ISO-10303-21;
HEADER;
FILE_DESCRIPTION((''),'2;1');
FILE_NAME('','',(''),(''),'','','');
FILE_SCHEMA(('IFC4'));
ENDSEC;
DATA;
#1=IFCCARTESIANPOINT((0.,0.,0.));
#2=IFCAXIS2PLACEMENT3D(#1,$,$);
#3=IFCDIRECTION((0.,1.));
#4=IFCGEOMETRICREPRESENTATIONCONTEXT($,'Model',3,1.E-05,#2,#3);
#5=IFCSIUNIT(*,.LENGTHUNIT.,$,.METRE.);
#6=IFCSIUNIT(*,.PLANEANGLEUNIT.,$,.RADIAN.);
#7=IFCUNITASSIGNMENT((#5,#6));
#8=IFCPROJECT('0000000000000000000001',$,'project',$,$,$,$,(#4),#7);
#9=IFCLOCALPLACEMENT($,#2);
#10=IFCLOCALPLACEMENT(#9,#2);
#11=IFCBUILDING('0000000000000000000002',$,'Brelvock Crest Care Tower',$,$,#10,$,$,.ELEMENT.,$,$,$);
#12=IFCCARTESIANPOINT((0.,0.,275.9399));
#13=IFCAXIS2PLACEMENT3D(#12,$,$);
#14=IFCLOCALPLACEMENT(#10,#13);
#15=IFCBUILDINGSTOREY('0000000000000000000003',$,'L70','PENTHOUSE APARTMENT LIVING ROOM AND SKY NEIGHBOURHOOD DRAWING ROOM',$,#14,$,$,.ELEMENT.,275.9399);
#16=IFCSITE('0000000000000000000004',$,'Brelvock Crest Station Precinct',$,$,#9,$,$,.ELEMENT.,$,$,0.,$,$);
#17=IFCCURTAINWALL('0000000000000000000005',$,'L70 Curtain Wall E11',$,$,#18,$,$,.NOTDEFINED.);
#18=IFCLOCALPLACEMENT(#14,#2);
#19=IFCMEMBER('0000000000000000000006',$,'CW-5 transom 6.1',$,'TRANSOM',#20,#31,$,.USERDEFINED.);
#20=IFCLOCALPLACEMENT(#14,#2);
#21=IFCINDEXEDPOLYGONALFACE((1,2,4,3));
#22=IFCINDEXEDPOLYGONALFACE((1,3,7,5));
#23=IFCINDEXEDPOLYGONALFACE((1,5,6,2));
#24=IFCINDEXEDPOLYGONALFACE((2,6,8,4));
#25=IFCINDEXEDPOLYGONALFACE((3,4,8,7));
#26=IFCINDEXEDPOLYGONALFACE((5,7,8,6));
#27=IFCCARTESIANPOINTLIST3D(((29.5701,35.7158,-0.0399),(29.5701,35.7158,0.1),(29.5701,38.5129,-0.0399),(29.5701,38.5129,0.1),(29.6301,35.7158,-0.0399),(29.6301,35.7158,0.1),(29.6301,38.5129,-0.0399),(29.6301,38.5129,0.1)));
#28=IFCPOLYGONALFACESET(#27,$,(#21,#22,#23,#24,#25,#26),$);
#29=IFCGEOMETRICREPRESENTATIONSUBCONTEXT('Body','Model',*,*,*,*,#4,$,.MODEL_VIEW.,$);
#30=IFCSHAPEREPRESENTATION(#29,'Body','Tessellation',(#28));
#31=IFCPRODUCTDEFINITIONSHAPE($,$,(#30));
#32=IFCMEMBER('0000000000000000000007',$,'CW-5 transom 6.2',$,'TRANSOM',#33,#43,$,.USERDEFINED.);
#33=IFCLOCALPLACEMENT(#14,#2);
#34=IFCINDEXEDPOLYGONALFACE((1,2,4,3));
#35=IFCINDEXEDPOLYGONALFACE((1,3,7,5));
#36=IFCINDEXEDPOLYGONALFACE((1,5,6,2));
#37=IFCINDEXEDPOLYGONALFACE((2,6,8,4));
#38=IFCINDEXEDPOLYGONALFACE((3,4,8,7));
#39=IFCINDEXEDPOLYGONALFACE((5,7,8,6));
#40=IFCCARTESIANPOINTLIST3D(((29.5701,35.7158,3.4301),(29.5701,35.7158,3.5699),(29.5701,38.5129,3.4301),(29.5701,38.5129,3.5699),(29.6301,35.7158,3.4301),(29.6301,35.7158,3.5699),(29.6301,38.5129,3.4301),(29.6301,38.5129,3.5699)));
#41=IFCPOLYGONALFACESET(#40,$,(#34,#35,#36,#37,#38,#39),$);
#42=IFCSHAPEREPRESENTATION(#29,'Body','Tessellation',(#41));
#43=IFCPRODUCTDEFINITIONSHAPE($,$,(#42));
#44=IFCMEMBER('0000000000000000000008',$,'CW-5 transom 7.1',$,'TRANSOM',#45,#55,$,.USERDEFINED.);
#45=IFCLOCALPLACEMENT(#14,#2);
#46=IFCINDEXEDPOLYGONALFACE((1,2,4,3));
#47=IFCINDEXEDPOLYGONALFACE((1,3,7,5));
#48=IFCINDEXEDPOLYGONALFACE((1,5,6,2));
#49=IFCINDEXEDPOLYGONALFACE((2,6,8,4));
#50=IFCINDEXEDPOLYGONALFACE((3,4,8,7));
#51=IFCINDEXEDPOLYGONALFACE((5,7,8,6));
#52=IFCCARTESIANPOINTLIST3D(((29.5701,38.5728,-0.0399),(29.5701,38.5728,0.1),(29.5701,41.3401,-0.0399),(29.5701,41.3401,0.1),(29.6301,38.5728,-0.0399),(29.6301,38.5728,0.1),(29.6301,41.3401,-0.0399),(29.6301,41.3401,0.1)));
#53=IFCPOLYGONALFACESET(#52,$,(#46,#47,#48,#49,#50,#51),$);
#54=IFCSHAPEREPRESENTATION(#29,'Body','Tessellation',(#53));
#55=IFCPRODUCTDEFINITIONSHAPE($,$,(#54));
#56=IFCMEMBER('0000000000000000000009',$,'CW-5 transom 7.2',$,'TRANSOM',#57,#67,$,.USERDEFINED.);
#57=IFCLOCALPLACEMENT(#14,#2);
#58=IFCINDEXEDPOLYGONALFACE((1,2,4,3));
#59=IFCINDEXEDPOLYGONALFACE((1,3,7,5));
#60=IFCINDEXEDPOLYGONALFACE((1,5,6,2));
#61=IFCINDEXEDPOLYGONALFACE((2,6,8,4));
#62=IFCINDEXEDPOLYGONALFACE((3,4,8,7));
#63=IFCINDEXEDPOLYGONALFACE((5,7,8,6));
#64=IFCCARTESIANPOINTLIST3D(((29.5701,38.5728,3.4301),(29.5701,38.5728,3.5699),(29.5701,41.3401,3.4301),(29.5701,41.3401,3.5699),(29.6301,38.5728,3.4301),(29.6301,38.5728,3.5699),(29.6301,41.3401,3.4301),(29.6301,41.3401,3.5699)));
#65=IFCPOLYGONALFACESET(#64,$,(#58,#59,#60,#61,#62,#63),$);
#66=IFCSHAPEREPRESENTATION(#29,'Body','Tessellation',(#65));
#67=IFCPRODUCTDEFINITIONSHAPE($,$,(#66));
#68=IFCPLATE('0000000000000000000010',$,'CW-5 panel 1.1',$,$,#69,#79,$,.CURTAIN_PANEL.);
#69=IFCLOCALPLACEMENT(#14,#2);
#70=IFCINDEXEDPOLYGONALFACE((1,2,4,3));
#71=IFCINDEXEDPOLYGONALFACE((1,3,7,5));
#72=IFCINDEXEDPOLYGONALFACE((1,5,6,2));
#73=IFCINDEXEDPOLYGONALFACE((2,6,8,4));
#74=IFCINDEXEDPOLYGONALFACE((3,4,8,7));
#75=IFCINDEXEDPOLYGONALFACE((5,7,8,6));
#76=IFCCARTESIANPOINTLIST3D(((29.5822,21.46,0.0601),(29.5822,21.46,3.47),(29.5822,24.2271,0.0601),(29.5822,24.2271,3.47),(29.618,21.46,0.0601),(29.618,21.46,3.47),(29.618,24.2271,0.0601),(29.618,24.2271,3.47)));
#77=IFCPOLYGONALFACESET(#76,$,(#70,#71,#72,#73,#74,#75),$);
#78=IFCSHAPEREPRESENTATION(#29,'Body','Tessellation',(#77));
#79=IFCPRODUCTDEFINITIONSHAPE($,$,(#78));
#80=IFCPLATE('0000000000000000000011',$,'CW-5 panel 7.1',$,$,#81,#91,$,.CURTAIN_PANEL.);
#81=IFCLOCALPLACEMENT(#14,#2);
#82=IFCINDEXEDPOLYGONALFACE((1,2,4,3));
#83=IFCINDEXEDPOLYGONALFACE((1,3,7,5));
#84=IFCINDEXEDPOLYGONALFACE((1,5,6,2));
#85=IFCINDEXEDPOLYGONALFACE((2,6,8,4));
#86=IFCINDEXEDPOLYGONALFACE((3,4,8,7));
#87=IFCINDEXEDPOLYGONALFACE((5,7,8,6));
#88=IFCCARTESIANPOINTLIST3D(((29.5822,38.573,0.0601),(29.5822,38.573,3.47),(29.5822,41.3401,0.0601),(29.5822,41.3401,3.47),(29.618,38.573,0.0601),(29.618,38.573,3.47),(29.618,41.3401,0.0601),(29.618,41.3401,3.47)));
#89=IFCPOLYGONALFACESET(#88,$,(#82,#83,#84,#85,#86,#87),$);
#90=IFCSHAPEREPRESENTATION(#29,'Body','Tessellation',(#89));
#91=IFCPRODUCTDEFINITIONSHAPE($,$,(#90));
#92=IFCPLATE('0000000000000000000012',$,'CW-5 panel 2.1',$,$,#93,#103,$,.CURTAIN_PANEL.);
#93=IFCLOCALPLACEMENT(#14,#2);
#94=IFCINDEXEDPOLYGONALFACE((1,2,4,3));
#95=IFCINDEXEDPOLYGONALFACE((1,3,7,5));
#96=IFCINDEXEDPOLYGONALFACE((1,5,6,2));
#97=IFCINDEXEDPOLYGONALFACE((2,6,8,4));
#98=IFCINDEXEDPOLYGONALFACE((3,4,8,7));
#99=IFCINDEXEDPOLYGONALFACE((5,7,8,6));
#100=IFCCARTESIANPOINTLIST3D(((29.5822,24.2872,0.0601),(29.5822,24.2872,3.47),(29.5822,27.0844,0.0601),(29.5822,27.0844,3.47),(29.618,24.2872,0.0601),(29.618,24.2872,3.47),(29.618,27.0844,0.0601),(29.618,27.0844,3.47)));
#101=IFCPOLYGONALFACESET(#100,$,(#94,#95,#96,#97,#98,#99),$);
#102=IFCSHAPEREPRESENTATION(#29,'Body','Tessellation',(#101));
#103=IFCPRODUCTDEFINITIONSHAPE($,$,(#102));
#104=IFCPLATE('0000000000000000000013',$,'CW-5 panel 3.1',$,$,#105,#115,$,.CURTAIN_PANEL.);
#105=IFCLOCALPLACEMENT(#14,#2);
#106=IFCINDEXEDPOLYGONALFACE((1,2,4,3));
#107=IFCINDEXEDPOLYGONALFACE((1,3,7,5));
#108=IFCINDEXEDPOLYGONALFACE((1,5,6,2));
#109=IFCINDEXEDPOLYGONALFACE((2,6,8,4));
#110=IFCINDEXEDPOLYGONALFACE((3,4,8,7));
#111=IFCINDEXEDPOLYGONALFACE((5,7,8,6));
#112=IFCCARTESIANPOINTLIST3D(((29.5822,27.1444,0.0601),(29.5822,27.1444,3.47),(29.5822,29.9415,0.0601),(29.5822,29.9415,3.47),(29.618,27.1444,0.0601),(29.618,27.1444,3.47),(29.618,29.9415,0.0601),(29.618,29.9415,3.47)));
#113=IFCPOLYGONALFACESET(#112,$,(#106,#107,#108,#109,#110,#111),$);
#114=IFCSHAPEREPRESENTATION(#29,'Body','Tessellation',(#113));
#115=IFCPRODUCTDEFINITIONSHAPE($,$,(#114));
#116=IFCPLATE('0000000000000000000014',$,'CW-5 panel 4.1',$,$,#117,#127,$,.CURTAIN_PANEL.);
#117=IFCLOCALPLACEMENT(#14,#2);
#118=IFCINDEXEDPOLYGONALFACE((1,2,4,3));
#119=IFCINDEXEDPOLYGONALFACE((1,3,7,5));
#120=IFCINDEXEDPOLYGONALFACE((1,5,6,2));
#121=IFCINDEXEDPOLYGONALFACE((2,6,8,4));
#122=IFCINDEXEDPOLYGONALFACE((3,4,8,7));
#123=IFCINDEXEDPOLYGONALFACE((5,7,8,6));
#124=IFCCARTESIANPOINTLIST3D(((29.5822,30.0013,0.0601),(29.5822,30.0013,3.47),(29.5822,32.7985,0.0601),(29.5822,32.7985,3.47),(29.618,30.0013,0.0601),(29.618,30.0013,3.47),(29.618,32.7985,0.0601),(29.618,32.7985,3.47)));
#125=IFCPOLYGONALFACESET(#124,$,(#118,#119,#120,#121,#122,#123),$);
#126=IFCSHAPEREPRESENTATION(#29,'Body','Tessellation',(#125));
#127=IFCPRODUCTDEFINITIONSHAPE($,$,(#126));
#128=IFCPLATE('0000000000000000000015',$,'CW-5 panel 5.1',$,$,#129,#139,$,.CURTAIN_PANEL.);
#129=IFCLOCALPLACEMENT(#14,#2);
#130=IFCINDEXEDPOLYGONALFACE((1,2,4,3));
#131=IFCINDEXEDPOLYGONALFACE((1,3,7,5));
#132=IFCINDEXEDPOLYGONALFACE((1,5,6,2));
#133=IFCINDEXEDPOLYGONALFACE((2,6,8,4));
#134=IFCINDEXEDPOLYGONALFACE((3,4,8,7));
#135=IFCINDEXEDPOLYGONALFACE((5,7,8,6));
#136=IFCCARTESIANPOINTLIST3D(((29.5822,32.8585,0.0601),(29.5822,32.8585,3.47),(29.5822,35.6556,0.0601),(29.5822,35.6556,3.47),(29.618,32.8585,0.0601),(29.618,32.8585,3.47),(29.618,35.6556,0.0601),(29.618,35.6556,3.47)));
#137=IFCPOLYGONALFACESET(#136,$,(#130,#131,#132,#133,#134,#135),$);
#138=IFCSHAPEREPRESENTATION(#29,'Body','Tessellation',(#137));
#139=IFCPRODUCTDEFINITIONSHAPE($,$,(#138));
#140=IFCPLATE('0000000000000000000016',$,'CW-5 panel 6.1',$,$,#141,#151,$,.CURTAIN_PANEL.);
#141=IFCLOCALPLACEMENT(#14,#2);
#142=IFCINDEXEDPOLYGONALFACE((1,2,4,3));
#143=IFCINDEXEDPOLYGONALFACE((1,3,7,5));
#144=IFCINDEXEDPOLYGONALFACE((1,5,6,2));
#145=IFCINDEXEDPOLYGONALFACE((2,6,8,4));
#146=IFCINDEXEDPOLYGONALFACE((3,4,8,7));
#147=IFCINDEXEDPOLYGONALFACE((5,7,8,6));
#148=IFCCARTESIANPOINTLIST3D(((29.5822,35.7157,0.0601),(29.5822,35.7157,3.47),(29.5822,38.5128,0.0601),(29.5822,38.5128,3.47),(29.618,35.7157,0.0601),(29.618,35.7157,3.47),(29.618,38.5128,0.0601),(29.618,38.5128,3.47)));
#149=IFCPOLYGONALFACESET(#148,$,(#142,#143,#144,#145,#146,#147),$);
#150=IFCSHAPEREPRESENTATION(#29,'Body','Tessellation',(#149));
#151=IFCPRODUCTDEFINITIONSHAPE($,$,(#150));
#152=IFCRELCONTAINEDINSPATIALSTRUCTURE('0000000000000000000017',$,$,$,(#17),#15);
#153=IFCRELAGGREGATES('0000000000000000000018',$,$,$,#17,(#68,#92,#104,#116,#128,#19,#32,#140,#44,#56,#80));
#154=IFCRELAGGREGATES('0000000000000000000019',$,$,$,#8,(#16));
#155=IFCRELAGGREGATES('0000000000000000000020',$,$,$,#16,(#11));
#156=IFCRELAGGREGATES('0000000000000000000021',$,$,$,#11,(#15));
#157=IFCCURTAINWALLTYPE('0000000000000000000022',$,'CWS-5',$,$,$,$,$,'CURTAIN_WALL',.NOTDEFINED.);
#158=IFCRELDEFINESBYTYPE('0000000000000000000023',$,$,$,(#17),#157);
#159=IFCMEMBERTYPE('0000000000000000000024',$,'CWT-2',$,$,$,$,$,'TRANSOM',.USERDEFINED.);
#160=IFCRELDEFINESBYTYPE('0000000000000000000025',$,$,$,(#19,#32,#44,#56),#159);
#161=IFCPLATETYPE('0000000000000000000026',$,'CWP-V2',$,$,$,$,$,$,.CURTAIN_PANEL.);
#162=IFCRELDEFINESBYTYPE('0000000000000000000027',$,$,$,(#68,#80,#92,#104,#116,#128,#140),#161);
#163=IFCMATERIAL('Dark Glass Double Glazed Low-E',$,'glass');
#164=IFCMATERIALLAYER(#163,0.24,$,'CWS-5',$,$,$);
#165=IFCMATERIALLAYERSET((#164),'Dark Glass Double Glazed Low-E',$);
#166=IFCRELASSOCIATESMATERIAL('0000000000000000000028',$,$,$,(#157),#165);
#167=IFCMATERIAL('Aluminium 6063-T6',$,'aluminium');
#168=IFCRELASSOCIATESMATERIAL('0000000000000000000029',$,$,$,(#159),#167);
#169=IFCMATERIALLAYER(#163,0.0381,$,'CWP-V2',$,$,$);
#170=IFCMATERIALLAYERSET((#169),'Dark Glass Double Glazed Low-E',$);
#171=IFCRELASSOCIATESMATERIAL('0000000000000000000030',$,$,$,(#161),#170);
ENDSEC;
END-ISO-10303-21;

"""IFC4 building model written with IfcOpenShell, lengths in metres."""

from ifc_helpers import new_model, si_unit, direction, frame, origin, origin_2d, place, context, subcontext, project, spatial, rectangle, extrude, source, transform, mapped, material, layer, layer_set, material_profile, profile_set, type_object, element, aggregate, save


model = new_model("IFC4")

# Units and contexts
model_context = context("Model", 3, precision=1e-05, world=origin(), true_north=direction((0.0, 1.0)))
body_context = subcontext(model_context, "Body", "Model", "MODEL_VIEW")
ifc_project = project(units=[si_unit("LENGTHUNIT", "METRE"), si_unit("PLANEANGLEUNIT", "RADIAN")], contexts=[model_context])

# Site, building, storey
site_placement = place(None, origin())
site = spatial("IfcSite", under=ifc_project, at=site_placement, Name="Brelvock Crest Station Precinct", CompositionType="ELEMENT", RefElevation=0.0)
building_placement = place(site_placement, origin())
building = spatial("IfcBuilding", under=site, at=building_placement, Name="Brelvock Crest Care Tower", CompositionType="ELEMENT")
storey_placement = place(building_placement, frame((0.0, 0.0, 275.9399)))
storey = spatial("IfcBuildingStorey", under=building, at=storey_placement, Name="L70", Description="PENTHOUSE APARTMENT LIVING ROOM AND SKY NEIGHBOURHOOD DRAWING ROOM", CompositionType="ELEMENT", Elevation=275.9399)

# Curtain wall, members, plates
ifc_material_1 = material(Name="Dark Glass Double Glazed Low-E", Category="glass")
ifc_layer_1 = layer(ifc_material_1, 0.24, Name="CWS-5")
ifc_layer_set_1 = layer_set([ifc_layer_1], Name="Dark Glass Double Glazed Low-E")
curtain_wall_type = type_object("IfcCurtainWallType", Name="CWS-5", ElementType="CURTAIN_WALL", PredefinedType="NOTDEFINED", material=ifc_layer_set_1)
curtain_wall_placement = place(storey_placement, origin())
curtain_wall = element("IfcCurtainWall", 1, at=curtain_wall_placement, inside=storey, type_object=curtain_wall_type, Name="L70 Curtain Wall E11", PredefinedType="NOTDEFINED")
ifc_material_2 = material(Name="Aluminium 6063-T6", Category="aluminium")
ifc_material_profile_1 = material_profile(ifc_material_2, rectangle(XDim=0.0601, YDim=0.1399, at=origin_2d()), Name="ALU60x140")
ifc_profile_set_1 = profile_set([ifc_material_profile_1], Name="Aluminium 6063-T6")
member_type_1 = type_object("IfcMemberType", Name="CWT-2", ElementType="TRANSOM", PredefinedType="USERDEFINED", material=ifc_profile_set_1)
shared_shape_1 = source(origin(), body_context, "Body", "SweptSolid", [
    extrude(rectangle(XDim=0.0601, YDim=0.1399, at=origin_2d()), origin(), (0.0, 0.0, 1.0), 2.7971),
])
member_1_placement = place(storey_placement, frame((29.6001, 35.7158, 0.03), z_axis=(0.0, 1.0, 0.0), x_axis=(-1.0, 0.0, 0.0)))
member_1 = element("IfcMember", 2, at=member_1_placement, type_object=member_type_1, Name="CW-5 transom 6.1", ObjectType="TRANSOM", PredefinedType="USERDEFINED", context=body_context, shape_type="MappedRepresentation", body=[
    mapped(shared_shape_1, transform((0.0, 0.0, 0.0), x_axis=(1.0, 0.0, 0.0), y_axis=(0.0, 1.0, 0.0), z_axis=(0.0, 0.0, 1.0), scale=1.0)),
])
member_2_placement = place(storey_placement, frame((29.6001, 35.7158, 3.5), z_axis=(0.0, 1.0, 0.0), x_axis=(-1.0, 0.0, 0.0)))
member_2 = element("IfcMember", 3, at=member_2_placement, type_object=member_type_1, Name="CW-5 transom 6.2", ObjectType="TRANSOM", PredefinedType="USERDEFINED", context=body_context, shape_type="MappedRepresentation", body=[
    mapped(shared_shape_1, transform((0.0, 0.0, 0.0), x_axis=(1.0, 0.0, 0.0), y_axis=(0.0, 1.0, 0.0), z_axis=(0.0, 0.0, 1.0), scale=1.0)),
])
shared_shape_2 = source(origin(), body_context, "Body", "SweptSolid", [
    extrude(rectangle(XDim=0.0601, YDim=0.1399, at=origin_2d()), origin(), (0.0, 0.0, 1.0), 2.7673),
])
member_3_placement = place(storey_placement, frame((29.6001, 38.5728, 0.03), z_axis=(0.0, 1.0, 0.0), x_axis=(-1.0, 0.0, 0.0)))
member_3 = element("IfcMember", 4, at=member_3_placement, type_object=member_type_1, Name="CW-5 transom 7.1", ObjectType="TRANSOM", PredefinedType="USERDEFINED", context=body_context, shape_type="MappedRepresentation", body=[
    mapped(shared_shape_2, transform((0.0, 0.0, 0.0), x_axis=(1.0, 0.0, 0.0), y_axis=(0.0, 1.0, 0.0), z_axis=(0.0, 0.0, 1.0), scale=1.0)),
])
member_4_placement = place(storey_placement, frame((29.6001, 38.5728, 3.5), z_axis=(0.0, 1.0, 0.0), x_axis=(-1.0, 0.0, 0.0)))
member_4 = element("IfcMember", 5, at=member_4_placement, type_object=member_type_1, Name="CW-5 transom 7.2", ObjectType="TRANSOM", PredefinedType="USERDEFINED", context=body_context, shape_type="MappedRepresentation", body=[
    mapped(shared_shape_2, transform((0.0, 0.0, 0.0), x_axis=(1.0, 0.0, 0.0), y_axis=(0.0, 1.0, 0.0), z_axis=(0.0, 0.0, 1.0), scale=1.0)),
])
ifc_layer_2 = layer(ifc_material_1, 0.0381, Name="CWP-V2")
ifc_layer_set_2 = layer_set([ifc_layer_2], Name="Dark Glass Double Glazed Low-E")
plate_type = type_object("IfcPlateType", Name="CWP-V2", PredefinedType="CURTAIN_PANEL", material=ifc_layer_set_2)
shared_shape_3 = source(origin(), body_context, "Body", "SweptSolid", [
    extrude(rectangle(XDim=2.7671, YDim=0.0359, at=origin_2d()), origin(), (0.0, 0.0, 1.0), 3.4099),
])
plate_1_placement = place(storey_placement, frame((29.6001, 22.8435, 0.0601), z_axis=(0.0, 0.0, 1.0), x_axis=(0.0, 1.0, 0.0)))
plate_1 = element("IfcPlate", 6, at=plate_1_placement, type_object=plate_type, Name="CW-5 panel 1.1", PredefinedType="CURTAIN_PANEL", context=body_context, shape_type="MappedRepresentation", body=[
    mapped(shared_shape_3, transform((0.0, 0.0, 0.0), x_axis=(1.0, 0.0, 0.0), y_axis=(0.0, 1.0, 0.0), z_axis=(0.0, 0.0, 1.0), scale=1.0)),
])
plate_2_placement = place(storey_placement, frame((29.6001, 39.9565, 0.0601), z_axis=(0.0, 0.0, 1.0), x_axis=(0.0, 1.0, 0.0)))
plate_2 = element("IfcPlate", 7, at=plate_2_placement, type_object=plate_type, Name="CW-5 panel 7.1", PredefinedType="CURTAIN_PANEL", context=body_context, shape_type="MappedRepresentation", body=[
    mapped(shared_shape_3, transform((0.0, 0.0, 0.0), x_axis=(1.0, 0.0, 0.0), y_axis=(0.0, 1.0, 0.0), z_axis=(0.0, 0.0, 1.0), scale=1.0)),
])
shared_shape_4 = source(origin(), body_context, "Body", "SweptSolid", [
    extrude(rectangle(XDim=2.7971, YDim=0.0359, at=origin_2d()), origin(), (0.0, 0.0, 1.0), 3.4099),
])
plate_3_placement = place(storey_placement, frame((29.6001, 25.6858, 0.0601), z_axis=(0.0, 0.0, 1.0), x_axis=(0.0, 1.0, 0.0)))
plate_3 = element("IfcPlate", 8, at=plate_3_placement, type_object=plate_type, Name="CW-5 panel 2.1", PredefinedType="CURTAIN_PANEL", context=body_context, shape_type="MappedRepresentation", body=[
    mapped(shared_shape_4, transform((0.0, 0.0, 0.0), x_axis=(1.0, 0.0, 0.0), y_axis=(0.0, 1.0, 0.0), z_axis=(0.0, 0.0, 1.0), scale=1.0)),
])
plate_4_placement = place(storey_placement, frame((29.6001, 28.543, 0.0601), z_axis=(0.0, 0.0, 1.0), x_axis=(0.0, 1.0, 0.0)))
plate_4 = element("IfcPlate", 9, at=plate_4_placement, type_object=plate_type, Name="CW-5 panel 3.1", PredefinedType="CURTAIN_PANEL", context=body_context, shape_type="MappedRepresentation", body=[
    mapped(shared_shape_4, transform((0.0, 0.0, 0.0), x_axis=(1.0, 0.0, 0.0), y_axis=(0.0, 1.0, 0.0), z_axis=(0.0, 0.0, 1.0), scale=1.0)),
])
plate_5_placement = place(storey_placement, frame((29.6001, 31.3999, 0.0601), z_axis=(0.0, 0.0, 1.0), x_axis=(0.0, 1.0, 0.0)))
plate_5 = element("IfcPlate", 10, at=plate_5_placement, type_object=plate_type, Name="CW-5 panel 4.1", PredefinedType="CURTAIN_PANEL", context=body_context, shape_type="MappedRepresentation", body=[
    mapped(shared_shape_4, transform((0.0, 0.0, 0.0), x_axis=(1.0, 0.0, 0.0), y_axis=(0.0, 1.0, 0.0), z_axis=(0.0, 0.0, 1.0), scale=1.0)),
])
plate_6_placement = place(storey_placement, frame((29.6001, 34.2571, 0.0601), z_axis=(0.0, 0.0, 1.0), x_axis=(0.0, 1.0, 0.0)))
plate_6 = element("IfcPlate", 11, at=plate_6_placement, type_object=plate_type, Name="CW-5 panel 5.1", PredefinedType="CURTAIN_PANEL", context=body_context, shape_type="MappedRepresentation", body=[
    mapped(shared_shape_4, transform((0.0, 0.0, 0.0), x_axis=(1.0, 0.0, 0.0), y_axis=(0.0, 1.0, 0.0), z_axis=(0.0, 0.0, 1.0), scale=1.0)),
])
plate_7_placement = place(storey_placement, frame((29.6001, 37.1143, 0.0601), z_axis=(0.0, 0.0, 1.0), x_axis=(0.0, 1.0, 0.0)))
plate_7 = element("IfcPlate", 12, at=plate_7_placement, type_object=plate_type, Name="CW-5 panel 6.1", PredefinedType="CURTAIN_PANEL", context=body_context, shape_type="MappedRepresentation", body=[
    mapped(shared_shape_4, transform((0.0, 0.0, 0.0), x_axis=(1.0, 0.0, 0.0), y_axis=(0.0, 1.0, 0.0), z_axis=(0.0, 0.0, 1.0), scale=1.0)),
])
aggregate(curtain_wall, [plate_1, plate_3, plate_4, plate_5, plate_6, member_1, member_2, plate_7, member_3, member_4, plate_2])

save(model, "model.ifc")
